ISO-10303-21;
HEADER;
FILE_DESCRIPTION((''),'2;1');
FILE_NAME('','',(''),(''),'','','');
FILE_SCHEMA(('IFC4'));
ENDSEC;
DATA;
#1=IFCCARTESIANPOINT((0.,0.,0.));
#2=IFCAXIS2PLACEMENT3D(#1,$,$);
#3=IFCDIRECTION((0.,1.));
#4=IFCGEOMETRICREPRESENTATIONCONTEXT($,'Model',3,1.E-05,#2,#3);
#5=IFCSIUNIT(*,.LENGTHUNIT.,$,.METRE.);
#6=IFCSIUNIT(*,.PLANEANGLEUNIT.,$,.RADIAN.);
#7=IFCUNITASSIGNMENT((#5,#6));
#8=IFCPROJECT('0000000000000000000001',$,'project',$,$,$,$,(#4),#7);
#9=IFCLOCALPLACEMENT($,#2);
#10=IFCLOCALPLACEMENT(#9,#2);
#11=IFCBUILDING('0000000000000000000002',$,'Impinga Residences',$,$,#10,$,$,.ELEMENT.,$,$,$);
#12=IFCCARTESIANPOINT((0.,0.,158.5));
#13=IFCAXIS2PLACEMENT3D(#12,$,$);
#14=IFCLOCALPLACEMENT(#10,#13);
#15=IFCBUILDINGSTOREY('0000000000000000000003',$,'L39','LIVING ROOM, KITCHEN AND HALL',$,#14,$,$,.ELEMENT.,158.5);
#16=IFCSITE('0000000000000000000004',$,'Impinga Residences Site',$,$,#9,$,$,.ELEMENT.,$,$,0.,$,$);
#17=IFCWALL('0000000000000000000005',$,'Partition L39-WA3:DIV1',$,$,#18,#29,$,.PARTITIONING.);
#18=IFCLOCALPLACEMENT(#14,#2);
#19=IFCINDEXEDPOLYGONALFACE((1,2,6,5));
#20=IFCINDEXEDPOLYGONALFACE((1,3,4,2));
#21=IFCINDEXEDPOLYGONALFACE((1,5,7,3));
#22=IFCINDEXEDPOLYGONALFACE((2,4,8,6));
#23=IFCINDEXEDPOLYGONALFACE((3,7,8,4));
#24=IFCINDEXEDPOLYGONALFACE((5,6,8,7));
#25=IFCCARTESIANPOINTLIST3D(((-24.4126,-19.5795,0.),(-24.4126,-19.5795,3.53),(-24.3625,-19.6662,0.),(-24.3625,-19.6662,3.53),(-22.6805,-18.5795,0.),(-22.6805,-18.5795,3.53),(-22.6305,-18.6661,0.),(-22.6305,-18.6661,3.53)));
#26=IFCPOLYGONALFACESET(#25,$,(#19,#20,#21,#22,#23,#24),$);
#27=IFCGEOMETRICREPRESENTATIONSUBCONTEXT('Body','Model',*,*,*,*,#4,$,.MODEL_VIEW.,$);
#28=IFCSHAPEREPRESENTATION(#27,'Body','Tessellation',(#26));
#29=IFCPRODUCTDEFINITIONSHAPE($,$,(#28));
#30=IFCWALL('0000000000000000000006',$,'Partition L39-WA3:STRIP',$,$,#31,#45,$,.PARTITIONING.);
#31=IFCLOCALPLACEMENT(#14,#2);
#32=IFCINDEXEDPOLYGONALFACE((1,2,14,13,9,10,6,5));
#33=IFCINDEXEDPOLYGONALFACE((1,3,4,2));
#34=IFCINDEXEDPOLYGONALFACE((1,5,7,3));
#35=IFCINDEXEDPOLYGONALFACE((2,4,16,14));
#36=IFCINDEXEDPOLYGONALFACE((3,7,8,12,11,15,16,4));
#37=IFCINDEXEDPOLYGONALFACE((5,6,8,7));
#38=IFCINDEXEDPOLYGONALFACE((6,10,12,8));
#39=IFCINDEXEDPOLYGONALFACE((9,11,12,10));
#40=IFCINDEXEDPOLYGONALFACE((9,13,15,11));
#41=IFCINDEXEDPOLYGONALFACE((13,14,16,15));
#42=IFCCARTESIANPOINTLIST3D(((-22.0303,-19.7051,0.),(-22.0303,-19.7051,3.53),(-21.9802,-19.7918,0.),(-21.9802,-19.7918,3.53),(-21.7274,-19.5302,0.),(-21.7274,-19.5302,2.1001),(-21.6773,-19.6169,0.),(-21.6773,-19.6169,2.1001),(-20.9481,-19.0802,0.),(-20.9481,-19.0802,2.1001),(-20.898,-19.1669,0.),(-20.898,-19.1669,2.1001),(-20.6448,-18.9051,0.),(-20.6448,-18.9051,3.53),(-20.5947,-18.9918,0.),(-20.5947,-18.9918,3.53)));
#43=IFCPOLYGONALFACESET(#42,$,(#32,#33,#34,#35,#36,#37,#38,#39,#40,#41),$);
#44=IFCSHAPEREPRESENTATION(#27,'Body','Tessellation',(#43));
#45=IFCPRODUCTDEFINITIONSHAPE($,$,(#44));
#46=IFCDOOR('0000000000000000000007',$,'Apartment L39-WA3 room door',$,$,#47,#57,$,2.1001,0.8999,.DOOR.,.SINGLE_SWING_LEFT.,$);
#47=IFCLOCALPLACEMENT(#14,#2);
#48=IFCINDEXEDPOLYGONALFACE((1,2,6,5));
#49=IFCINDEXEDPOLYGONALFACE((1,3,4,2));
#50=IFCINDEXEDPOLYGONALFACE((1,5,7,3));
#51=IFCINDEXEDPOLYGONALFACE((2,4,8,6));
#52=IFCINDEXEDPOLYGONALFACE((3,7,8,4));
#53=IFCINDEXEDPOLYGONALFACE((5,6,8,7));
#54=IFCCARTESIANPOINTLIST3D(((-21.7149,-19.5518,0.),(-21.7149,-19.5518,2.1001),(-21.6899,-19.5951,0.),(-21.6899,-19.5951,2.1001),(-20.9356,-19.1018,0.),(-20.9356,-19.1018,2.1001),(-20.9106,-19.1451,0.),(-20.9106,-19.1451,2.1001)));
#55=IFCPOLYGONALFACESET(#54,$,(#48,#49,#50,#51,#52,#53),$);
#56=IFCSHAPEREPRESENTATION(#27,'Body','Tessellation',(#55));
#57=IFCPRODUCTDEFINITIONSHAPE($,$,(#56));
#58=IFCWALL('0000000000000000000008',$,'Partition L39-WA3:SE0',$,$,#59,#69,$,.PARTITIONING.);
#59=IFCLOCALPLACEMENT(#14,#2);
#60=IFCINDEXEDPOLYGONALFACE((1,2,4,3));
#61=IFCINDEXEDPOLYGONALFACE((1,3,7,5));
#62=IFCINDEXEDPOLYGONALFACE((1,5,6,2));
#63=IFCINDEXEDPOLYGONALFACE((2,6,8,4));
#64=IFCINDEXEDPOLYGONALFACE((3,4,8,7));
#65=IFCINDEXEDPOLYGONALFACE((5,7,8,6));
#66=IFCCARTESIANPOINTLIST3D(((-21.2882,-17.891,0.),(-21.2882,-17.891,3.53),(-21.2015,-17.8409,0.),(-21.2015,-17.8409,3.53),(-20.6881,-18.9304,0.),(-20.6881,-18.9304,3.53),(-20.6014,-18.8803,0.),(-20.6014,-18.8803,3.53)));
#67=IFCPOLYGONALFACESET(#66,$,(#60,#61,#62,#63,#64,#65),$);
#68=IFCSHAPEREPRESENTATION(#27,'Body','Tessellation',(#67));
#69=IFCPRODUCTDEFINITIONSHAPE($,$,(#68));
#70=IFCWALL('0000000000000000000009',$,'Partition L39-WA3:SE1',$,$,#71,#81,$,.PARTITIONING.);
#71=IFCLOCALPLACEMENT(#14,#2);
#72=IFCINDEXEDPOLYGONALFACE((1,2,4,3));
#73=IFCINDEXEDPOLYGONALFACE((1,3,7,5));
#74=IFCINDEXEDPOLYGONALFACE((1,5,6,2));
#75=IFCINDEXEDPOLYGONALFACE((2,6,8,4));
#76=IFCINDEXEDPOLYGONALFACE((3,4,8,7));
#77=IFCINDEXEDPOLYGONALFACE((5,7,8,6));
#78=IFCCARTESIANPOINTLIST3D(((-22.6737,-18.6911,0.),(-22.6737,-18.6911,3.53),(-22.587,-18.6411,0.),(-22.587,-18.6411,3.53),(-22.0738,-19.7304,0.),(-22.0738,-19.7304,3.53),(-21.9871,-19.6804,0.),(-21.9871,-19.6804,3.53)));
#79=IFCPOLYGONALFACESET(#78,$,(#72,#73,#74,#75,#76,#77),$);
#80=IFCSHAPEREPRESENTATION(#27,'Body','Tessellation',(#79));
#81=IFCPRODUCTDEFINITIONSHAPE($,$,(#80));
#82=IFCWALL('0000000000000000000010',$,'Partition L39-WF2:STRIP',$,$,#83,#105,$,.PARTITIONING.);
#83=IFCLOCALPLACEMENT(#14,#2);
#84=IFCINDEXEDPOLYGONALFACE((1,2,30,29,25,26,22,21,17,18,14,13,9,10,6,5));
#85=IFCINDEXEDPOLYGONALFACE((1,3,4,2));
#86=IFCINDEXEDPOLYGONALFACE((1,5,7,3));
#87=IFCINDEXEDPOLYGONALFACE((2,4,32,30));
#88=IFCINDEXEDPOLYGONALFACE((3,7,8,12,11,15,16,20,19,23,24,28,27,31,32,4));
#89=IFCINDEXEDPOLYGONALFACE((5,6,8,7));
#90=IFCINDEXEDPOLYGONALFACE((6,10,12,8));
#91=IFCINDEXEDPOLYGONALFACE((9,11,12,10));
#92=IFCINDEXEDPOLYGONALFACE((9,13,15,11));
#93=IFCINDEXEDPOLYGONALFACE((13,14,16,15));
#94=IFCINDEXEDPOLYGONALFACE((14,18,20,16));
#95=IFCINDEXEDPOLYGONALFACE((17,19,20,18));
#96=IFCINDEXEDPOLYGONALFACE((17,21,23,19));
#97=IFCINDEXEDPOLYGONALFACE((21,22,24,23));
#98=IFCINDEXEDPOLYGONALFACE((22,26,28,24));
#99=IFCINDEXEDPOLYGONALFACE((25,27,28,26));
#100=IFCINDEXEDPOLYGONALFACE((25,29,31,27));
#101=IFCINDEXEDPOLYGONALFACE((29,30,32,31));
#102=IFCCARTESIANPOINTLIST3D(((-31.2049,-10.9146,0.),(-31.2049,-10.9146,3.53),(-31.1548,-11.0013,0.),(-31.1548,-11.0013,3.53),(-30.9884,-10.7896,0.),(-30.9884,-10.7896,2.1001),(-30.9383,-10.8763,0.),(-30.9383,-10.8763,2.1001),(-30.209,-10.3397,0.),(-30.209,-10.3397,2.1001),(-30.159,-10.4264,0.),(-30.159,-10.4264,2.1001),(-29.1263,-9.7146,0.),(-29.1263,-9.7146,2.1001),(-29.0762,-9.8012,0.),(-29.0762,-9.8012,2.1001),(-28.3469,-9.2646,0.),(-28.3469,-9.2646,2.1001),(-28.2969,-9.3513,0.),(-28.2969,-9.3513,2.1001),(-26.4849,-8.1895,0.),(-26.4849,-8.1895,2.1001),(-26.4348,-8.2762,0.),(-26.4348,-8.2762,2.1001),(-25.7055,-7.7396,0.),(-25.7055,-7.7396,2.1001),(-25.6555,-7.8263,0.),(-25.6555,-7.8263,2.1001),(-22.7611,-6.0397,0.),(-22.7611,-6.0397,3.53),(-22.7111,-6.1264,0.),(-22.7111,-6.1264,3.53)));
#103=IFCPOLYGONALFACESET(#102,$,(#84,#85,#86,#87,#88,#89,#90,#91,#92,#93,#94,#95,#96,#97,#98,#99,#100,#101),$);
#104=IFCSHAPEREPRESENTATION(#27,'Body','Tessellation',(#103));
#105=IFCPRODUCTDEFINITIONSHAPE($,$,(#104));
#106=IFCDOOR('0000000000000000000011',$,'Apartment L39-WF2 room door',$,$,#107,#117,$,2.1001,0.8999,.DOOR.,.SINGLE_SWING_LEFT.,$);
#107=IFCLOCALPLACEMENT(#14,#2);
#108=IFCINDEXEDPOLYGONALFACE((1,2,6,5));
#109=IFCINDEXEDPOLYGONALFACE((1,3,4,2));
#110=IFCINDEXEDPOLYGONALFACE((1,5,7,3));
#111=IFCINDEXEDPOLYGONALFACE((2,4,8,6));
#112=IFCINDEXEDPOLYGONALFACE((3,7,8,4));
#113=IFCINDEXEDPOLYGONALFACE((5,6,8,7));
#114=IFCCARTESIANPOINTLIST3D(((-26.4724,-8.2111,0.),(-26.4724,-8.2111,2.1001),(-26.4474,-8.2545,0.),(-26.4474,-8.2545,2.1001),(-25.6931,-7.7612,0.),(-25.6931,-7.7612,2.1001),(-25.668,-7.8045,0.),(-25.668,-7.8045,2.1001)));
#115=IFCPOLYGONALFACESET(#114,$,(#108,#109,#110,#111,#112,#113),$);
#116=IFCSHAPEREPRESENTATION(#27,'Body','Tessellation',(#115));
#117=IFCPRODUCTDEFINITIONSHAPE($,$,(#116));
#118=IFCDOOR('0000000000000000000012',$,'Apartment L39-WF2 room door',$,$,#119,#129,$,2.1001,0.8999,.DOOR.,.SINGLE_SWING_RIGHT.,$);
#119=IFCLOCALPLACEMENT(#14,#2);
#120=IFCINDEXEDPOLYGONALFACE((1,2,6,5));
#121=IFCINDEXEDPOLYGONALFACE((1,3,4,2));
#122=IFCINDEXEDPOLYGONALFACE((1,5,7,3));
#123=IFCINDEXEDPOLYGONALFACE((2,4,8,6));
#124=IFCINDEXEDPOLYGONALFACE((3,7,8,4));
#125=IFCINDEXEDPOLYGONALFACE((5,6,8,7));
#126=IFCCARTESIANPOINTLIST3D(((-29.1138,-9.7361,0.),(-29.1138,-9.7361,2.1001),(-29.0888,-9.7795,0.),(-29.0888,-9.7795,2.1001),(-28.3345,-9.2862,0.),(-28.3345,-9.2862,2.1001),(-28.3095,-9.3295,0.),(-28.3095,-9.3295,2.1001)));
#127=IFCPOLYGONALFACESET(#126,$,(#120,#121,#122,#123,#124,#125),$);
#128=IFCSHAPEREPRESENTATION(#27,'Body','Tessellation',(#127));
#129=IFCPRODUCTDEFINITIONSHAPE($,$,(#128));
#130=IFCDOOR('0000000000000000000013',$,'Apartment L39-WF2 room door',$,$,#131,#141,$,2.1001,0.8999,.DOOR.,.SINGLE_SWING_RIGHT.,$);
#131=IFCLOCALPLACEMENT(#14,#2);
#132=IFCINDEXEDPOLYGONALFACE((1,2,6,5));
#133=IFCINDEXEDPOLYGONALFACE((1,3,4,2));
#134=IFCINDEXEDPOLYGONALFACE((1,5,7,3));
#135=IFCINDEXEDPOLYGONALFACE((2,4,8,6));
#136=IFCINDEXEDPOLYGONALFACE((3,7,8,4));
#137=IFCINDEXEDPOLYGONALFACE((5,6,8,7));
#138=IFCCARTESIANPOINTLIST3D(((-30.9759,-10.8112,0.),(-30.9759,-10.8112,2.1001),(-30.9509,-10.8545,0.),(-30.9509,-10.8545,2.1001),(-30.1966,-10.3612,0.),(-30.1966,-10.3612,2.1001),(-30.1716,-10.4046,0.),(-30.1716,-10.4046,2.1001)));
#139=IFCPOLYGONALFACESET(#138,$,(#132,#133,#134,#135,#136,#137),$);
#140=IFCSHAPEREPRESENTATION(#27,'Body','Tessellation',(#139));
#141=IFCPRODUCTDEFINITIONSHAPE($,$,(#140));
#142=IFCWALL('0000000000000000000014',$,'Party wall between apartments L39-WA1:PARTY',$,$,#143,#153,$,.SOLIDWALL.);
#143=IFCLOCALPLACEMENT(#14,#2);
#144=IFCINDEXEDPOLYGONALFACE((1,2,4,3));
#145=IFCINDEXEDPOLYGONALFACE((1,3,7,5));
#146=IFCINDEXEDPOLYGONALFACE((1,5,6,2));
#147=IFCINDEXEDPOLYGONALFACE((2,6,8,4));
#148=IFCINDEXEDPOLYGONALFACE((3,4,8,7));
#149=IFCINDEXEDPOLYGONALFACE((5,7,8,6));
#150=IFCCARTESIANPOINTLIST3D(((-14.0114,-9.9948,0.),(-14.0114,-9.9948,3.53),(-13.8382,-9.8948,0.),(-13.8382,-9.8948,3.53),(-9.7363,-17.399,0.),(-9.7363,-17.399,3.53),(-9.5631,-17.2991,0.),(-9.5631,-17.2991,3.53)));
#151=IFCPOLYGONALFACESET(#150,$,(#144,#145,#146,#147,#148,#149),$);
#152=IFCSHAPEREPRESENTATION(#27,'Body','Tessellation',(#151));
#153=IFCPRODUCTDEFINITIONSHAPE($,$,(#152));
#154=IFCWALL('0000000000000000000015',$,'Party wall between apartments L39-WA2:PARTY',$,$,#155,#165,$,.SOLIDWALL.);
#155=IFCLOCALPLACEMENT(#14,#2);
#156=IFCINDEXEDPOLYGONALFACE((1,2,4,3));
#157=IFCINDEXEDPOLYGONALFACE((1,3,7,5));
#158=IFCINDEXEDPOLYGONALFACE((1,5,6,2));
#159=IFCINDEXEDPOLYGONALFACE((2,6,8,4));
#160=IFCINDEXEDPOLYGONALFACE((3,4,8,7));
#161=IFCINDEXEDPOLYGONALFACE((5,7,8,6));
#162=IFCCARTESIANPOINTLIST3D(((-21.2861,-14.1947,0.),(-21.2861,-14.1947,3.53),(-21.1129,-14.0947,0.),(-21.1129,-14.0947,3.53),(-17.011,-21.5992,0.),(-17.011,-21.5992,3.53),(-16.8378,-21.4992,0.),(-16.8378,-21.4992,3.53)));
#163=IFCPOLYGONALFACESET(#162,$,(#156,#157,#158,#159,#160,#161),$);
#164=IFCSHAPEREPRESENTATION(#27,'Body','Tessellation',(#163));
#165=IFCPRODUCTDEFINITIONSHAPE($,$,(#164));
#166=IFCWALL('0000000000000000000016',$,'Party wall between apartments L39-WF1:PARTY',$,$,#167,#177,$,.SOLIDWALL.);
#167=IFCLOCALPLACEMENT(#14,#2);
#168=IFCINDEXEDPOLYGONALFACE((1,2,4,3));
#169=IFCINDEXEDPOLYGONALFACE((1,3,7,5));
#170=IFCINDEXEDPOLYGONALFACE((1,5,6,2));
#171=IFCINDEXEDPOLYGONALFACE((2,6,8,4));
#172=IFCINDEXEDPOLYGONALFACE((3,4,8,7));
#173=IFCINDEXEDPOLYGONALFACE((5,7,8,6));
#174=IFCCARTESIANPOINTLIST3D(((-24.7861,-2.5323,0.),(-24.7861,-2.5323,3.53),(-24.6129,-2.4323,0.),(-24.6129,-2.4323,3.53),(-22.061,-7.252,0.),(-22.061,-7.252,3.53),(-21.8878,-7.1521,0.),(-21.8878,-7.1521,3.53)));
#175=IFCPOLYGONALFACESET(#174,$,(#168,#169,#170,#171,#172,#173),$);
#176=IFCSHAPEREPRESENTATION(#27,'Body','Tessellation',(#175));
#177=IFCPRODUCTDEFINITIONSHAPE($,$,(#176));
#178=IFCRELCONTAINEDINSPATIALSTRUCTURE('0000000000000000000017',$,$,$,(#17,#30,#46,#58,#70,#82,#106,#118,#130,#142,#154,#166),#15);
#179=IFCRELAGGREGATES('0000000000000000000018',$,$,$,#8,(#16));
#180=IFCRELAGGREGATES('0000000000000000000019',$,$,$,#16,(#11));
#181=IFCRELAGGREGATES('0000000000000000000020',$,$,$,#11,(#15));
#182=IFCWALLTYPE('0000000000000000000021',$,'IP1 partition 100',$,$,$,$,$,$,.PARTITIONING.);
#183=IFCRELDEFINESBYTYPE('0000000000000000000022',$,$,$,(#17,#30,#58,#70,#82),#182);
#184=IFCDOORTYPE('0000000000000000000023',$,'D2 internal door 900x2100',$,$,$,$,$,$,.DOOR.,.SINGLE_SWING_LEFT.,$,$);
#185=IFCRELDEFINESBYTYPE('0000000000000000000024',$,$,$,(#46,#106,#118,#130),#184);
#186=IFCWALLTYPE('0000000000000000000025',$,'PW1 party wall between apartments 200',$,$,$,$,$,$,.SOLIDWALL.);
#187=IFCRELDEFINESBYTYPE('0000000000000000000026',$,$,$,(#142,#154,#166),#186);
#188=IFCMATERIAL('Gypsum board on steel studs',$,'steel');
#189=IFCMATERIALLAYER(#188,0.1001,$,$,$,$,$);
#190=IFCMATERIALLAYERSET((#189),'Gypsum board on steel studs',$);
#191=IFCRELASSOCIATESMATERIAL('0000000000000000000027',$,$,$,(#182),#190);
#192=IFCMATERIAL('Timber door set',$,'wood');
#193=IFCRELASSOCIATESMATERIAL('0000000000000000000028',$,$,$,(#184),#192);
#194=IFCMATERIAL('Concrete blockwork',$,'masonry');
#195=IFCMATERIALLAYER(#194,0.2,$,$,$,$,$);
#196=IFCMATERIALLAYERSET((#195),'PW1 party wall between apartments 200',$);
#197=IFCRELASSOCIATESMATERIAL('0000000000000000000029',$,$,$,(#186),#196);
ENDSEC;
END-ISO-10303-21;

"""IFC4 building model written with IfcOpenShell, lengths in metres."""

from ifc_helpers import new_model, si_unit, direction, frame, frame_2d, origin, place, context, subcontext, project, spatial, rectangle, extrude, material, layer, layer_set, type_object, element, fill, save


model = new_model("IFC4")

# Units and contexts
model_context = context("Model", 3, precision=1e-05, world=origin(), true_north=direction((0.0, 1.0)))
body_context = subcontext(model_context, "Body", "Model", "MODEL_VIEW")
ifc_project = project(units=[si_unit("LENGTHUNIT", "METRE"), si_unit("PLANEANGLEUNIT", "RADIAN")], contexts=[model_context])

# Site, building, storey
site_placement = place(None, origin())
site = spatial("IfcSite", under=ifc_project, at=site_placement, Name="Impinga Residences Site", CompositionType="ELEMENT", RefElevation=0.0)
building_placement = place(site_placement, origin())
building = spatial("IfcBuilding", under=site, at=building_placement, Name="Impinga Residences", CompositionType="ELEMENT")
storey_placement = place(building_placement, frame((0.0, 0.0, 158.5)))
storey = spatial("IfcBuildingStorey", under=building, at=storey_placement, Name="L39", Description="LIVING ROOM, KITCHEN AND HALL", CompositionType="ELEMENT", Elevation=158.5)

# Shared definitions
ifc_material_1 = material(Name="Concrete blockwork", Category="masonry")
ifc_material_2 = material(Name="Timber door set", Category="wood")

# Shared definitions
ifc_material_3 = material(Name="Gypsum board on steel studs", Category="steel")
ifc_layer_1 = layer(ifc_material_3, 0.1001)
ifc_layer_set_1 = layer_set([ifc_layer_1], Name="Gypsum board on steel studs")
wall_type_1 = type_object("IfcWallType", Name="IP1 partition 100", PredefinedType="PARTITIONING", material=ifc_layer_set_1)

# Shared definitions
door_type_1 = type_object("IfcDoorType", Name="D2 internal door 900x2100", OperationType="SINGLE_SWING_LEFT", PredefinedType="DOOR", material=ifc_material_2)

# Wall
wall_1_placement = place(storey_placement, frame((-22.6555, -18.6228, 0.0), z_axis=(0.0, 0.0, 1.0), x_axis=(-0.866011, -0.500025, 0.0)))
element("IfcWall", 1, at=wall_1_placement, inside=storey, type_object=wall_type_1, Name="Partition L39-WA3:DIV1", PredefinedType="PARTITIONING", context=body_context, shape_type="SweptSolid", body=[
    extrude(rectangle(XDim=2.0, YDim=0.1001, at=frame_2d((1.0, 0.0))), origin(), (0.0, 0.0, 1.0), 3.53),
])

# Wall, opening, door
wall_2_placement = place(storey_placement, frame((-20.6199, -18.9485, 0.0), z_axis=(0.0, 0.0, 1.0), x_axis=(-0.86599, -0.500061, 0.0)))
wall_2 = element("IfcWall", 2, at=wall_2_placement, inside=storey, type_object=wall_type_1, Name="Partition L39-WA3:STRIP", PredefinedType="PARTITIONING", context=body_context, shape_type="SweptSolid", body=[
    extrude(rectangle(XDim=1.5999, YDim=0.1001, at=frame_2d((0.7998, 0.0))), origin(), (0.0, 0.0, 1.0), 3.53),
])
opening_1_placement = place(wall_2_placement, frame((0.3501, 0.0, 0.0)))
opening_1 = element("IfcOpeningElement", 3, at=opening_1_placement, cuts=wall_2, PredefinedType="OPENING", context=body_context, shape_type="SweptSolid", body=[
    extrude(rectangle(XDim=0.8999, YDim=2.1001, at=frame_2d((0.45, 1.05))), frame((0.0, 0.0601, 0.0), z_axis=(0.0, -1.0, 0.0), x_axis=(1.0, 0.0, 0.0)), (0.0, 0.0, 1.0), 0.1201),
])
door_1_placement = place(opening_1_placement, origin())
door_1 = element("IfcDoor", 4, at=door_1_placement, inside=storey, type_object=door_type_1, Name="Apartment L39-WA3 room door", OperationType="SINGLE_SWING_LEFT", OverallHeight=2.1001, OverallWidth=0.8999, PredefinedType="DOOR", context=body_context, shape_type="SweptSolid", body=[
    extrude(rectangle(XDim=0.8999, YDim=2.1001, at=frame_2d((0.45, 1.05))), frame((0.0, 0.0249, 0.0), z_axis=(0.0, -1.0, 0.0), x_axis=(1.0, 0.0, 0.0)), (0.0, 0.0, 1.0), 0.05),
])
fill(opening_1, door_1)

# Walls
wall_3_placement = place(storey_placement, frame((-21.2449, -17.866, 0.0), z_axis=(0.0, 0.0, 1.0), x_axis=(0.500034, -0.866006, 0.0)))
element("IfcWall", 5, at=wall_3_placement, inside=storey, type_object=wall_type_1, Name="Partition L39-WA3:SE0", PredefinedType="PARTITIONING", context=body_context, shape_type="SweptSolid", body=[
    extrude(rectangle(XDim=1.2002, YDim=0.1001, at=frame_2d((0.6001, 0.0))), origin(), (0.0, 0.0, 1.0), 3.53),
])
wall_4_placement = place(storey_placement, frame((-22.6304, -18.666, 0.0), z_axis=(0.0, 0.0, 1.0), x_axis=(0.499881, -0.866094, 0.0)))
element("IfcWall", 6, at=wall_4_placement, inside=storey, type_object=wall_type_1, Name="Partition L39-WA3:SE1", PredefinedType="PARTITIONING", context=body_context, shape_type="SweptSolid", body=[
    extrude(rectangle(XDim=1.2, YDim=0.1001, at=frame_2d((0.6001, 0.0))), origin(), (0.0, 0.0, 1.0), 3.53),
])

# Wall, openings, doors
wall_5_placement = place(storey_placement, frame((-22.7361, -6.083, 0.0), z_axis=(0.0, 0.0, 1.0), x_axis=(-0.866028, -0.499996, 0.0)))
wall_5 = element("IfcWall", 7, at=wall_5_placement, inside=storey, type_object=wall_type_1, Name="Partition L39-WF2:STRIP", PredefinedType="PARTITIONING", context=body_context, shape_type="SweptSolid", body=[
    extrude(rectangle(XDim=9.75, YDim=0.1001, at=frame_2d((4.875, 0.0))), origin(), (0.0, 0.0, 1.0), 3.53),
])
opening_2_placement = place(wall_5_placement, frame((3.3999, 0.0, 0.0)))
opening_2 = element("IfcOpeningElement", 8, at=opening_2_placement, cuts=wall_5, PredefinedType="OPENING", context=body_context, shape_type="SweptSolid", body=[
    extrude(rectangle(XDim=0.8999, YDim=2.1001, at=frame_2d((0.45, 1.05))), frame((0.0, 0.0601, 0.0), z_axis=(0.0, -1.0, 0.0), x_axis=(1.0, 0.0, 0.0)), (0.0, 0.0, 1.0), 0.1201),
])
opening_3_placement = place(wall_5_placement, frame((6.45, 0.0, 0.0)))
opening_3 = element("IfcOpeningElement", 9, at=opening_3_placement, cuts=wall_5, PredefinedType="OPENING", context=body_context, shape_type="SweptSolid", body=[
    extrude(rectangle(XDim=0.8999, YDim=2.1001, at=frame_2d((0.45, 1.05))), frame((0.0, 0.0601, 0.0), z_axis=(0.0, -1.0, 0.0), x_axis=(1.0, 0.0, 0.0)), (0.0, 0.0, 1.0), 0.1201),
])
opening_4_placement = place(wall_5_placement, frame((8.6001, 0.0, 0.0)))
opening_4 = element("IfcOpeningElement", 10, at=opening_4_placement, cuts=wall_5, PredefinedType="OPENING", context=body_context, shape_type="SweptSolid", body=[
    extrude(rectangle(XDim=0.8999, YDim=2.1001, at=frame_2d((0.45, 1.05))), frame((0.0, 0.0601, 0.0), z_axis=(0.0, -1.0, 0.0), x_axis=(1.0, 0.0, 0.0)), (0.0, 0.0, 1.0), 0.1201),
])
door_2_placement = place(opening_2_placement, origin())
door_2 = element("IfcDoor", 11, at=door_2_placement, inside=storey, type_object=door_type_1, Name="Apartment L39-WF2 room door", OperationType="SINGLE_SWING_LEFT", OverallHeight=2.1001, OverallWidth=0.8999, PredefinedType="DOOR", context=body_context, shape_type="SweptSolid", body=[
    extrude(rectangle(XDim=0.8999, YDim=2.1001, at=frame_2d((0.45, 1.05))), frame((0.0, 0.0249, 0.0), z_axis=(0.0, -1.0, 0.0), x_axis=(1.0, 0.0, 0.0)), (0.0, 0.0, 1.0), 0.05),
])
fill(opening_2, door_2)
door_3_placement = place(opening_3_placement, origin())
door_3 = element("IfcDoor", 12, at=door_3_placement, inside=storey, type_object=door_type_1, Name="Apartment L39-WF2 room door", OperationType="SINGLE_SWING_RIGHT", OverallHeight=2.1001, OverallWidth=0.8999, PredefinedType="DOOR", context=body_context, shape_type="SweptSolid", body=[
    extrude(rectangle(XDim=0.8999, YDim=2.1001, at=frame_2d((0.45, 1.05))), frame((0.0, 0.0249, 0.0), z_axis=(0.0, -1.0, 0.0), x_axis=(1.0, 0.0, 0.0)), (0.0, 0.0, 1.0), 0.05),
])
fill(opening_3, door_3)
door_4_placement = place(opening_4_placement, origin())
door_4 = element("IfcDoor", 13, at=door_4_placement, inside=storey, type_object=door_type_1, Name="Apartment L39-WF2 room door", OperationType="SINGLE_SWING_RIGHT", OverallHeight=2.1001, OverallWidth=0.8999, PredefinedType="DOOR", context=body_context, shape_type="SweptSolid", body=[
    extrude(rectangle(XDim=0.8999, YDim=2.1001, at=frame_2d((0.45, 1.05))), frame((0.0, 0.0249, 0.0), z_axis=(0.0, -1.0, 0.0), x_axis=(1.0, 0.0, 0.0)), (0.0, 0.0, 1.0), 0.05),
])
fill(opening_4, door_4)

# Walls
ifc_layer_2 = layer(ifc_material_1, 0.2)
ifc_layer_set_2 = layer_set([ifc_layer_2], Name="PW1 party wall between apartments 200")
wall_type_2 = type_object("IfcWallType", Name="PW1 party wall between apartments 200", PredefinedType="SOLIDWALL", material=ifc_layer_set_2)
wall_6_placement = place(storey_placement, frame((-13.9248, -9.9448, 0.0), z_axis=(0.0, 0.0, 1.0), x_axis=(0.500024, -0.866012, 0.0)))
element("IfcWall", 14, at=wall_6_placement, inside=storey, type_object=wall_type_2, Name="Party wall between apartments L39-WA1:PARTY", PredefinedType="SOLIDWALL", context=body_context, shape_type="SweptSolid", body=[
    extrude(rectangle(XDim=8.5498, YDim=0.2, at=frame_2d((4.2749, 0.0))), origin(), (0.0, 0.0, 1.0), 3.53),
])
wall_7_placement = place(storey_placement, frame((-21.1995, -14.1448, 0.0), z_axis=(0.0, 0.0, 1.0), x_axis=(0.500012, -0.866019, 0.0)))
element("IfcWall", 15, at=wall_7_placement, inside=storey, type_object=wall_type_2, Name="Party wall between apartments L39-WA2:PARTY", PredefinedType="SOLIDWALL", context=body_context, shape_type="SweptSolid", body=[
    extrude(rectangle(XDim=8.55, YDim=0.2, at=frame_2d((4.2749, 0.0))), origin(), (0.0, 0.0, 1.0), 3.53),
])
wall_8_placement = place(storey_placement, frame((-21.9744, -7.2021, 0.0), z_axis=(0.0, 0.0, 1.0), x_axis=(-0.500022, 0.866013, 0.0)))
element("IfcWall", 16, at=wall_8_placement, inside=storey, type_object=wall_type_2, Name="Party wall between apartments L39-WF1:PARTY", PredefinedType="SOLIDWALL", context=body_context, shape_type="SweptSolid", body=[
    extrude(rectangle(XDim=5.45, YDim=0.2, at=frame_2d((2.7251, 0.0))), origin(), (0.0, 0.0, 1.0), 3.53),
])

save(model, "model.ifc")
